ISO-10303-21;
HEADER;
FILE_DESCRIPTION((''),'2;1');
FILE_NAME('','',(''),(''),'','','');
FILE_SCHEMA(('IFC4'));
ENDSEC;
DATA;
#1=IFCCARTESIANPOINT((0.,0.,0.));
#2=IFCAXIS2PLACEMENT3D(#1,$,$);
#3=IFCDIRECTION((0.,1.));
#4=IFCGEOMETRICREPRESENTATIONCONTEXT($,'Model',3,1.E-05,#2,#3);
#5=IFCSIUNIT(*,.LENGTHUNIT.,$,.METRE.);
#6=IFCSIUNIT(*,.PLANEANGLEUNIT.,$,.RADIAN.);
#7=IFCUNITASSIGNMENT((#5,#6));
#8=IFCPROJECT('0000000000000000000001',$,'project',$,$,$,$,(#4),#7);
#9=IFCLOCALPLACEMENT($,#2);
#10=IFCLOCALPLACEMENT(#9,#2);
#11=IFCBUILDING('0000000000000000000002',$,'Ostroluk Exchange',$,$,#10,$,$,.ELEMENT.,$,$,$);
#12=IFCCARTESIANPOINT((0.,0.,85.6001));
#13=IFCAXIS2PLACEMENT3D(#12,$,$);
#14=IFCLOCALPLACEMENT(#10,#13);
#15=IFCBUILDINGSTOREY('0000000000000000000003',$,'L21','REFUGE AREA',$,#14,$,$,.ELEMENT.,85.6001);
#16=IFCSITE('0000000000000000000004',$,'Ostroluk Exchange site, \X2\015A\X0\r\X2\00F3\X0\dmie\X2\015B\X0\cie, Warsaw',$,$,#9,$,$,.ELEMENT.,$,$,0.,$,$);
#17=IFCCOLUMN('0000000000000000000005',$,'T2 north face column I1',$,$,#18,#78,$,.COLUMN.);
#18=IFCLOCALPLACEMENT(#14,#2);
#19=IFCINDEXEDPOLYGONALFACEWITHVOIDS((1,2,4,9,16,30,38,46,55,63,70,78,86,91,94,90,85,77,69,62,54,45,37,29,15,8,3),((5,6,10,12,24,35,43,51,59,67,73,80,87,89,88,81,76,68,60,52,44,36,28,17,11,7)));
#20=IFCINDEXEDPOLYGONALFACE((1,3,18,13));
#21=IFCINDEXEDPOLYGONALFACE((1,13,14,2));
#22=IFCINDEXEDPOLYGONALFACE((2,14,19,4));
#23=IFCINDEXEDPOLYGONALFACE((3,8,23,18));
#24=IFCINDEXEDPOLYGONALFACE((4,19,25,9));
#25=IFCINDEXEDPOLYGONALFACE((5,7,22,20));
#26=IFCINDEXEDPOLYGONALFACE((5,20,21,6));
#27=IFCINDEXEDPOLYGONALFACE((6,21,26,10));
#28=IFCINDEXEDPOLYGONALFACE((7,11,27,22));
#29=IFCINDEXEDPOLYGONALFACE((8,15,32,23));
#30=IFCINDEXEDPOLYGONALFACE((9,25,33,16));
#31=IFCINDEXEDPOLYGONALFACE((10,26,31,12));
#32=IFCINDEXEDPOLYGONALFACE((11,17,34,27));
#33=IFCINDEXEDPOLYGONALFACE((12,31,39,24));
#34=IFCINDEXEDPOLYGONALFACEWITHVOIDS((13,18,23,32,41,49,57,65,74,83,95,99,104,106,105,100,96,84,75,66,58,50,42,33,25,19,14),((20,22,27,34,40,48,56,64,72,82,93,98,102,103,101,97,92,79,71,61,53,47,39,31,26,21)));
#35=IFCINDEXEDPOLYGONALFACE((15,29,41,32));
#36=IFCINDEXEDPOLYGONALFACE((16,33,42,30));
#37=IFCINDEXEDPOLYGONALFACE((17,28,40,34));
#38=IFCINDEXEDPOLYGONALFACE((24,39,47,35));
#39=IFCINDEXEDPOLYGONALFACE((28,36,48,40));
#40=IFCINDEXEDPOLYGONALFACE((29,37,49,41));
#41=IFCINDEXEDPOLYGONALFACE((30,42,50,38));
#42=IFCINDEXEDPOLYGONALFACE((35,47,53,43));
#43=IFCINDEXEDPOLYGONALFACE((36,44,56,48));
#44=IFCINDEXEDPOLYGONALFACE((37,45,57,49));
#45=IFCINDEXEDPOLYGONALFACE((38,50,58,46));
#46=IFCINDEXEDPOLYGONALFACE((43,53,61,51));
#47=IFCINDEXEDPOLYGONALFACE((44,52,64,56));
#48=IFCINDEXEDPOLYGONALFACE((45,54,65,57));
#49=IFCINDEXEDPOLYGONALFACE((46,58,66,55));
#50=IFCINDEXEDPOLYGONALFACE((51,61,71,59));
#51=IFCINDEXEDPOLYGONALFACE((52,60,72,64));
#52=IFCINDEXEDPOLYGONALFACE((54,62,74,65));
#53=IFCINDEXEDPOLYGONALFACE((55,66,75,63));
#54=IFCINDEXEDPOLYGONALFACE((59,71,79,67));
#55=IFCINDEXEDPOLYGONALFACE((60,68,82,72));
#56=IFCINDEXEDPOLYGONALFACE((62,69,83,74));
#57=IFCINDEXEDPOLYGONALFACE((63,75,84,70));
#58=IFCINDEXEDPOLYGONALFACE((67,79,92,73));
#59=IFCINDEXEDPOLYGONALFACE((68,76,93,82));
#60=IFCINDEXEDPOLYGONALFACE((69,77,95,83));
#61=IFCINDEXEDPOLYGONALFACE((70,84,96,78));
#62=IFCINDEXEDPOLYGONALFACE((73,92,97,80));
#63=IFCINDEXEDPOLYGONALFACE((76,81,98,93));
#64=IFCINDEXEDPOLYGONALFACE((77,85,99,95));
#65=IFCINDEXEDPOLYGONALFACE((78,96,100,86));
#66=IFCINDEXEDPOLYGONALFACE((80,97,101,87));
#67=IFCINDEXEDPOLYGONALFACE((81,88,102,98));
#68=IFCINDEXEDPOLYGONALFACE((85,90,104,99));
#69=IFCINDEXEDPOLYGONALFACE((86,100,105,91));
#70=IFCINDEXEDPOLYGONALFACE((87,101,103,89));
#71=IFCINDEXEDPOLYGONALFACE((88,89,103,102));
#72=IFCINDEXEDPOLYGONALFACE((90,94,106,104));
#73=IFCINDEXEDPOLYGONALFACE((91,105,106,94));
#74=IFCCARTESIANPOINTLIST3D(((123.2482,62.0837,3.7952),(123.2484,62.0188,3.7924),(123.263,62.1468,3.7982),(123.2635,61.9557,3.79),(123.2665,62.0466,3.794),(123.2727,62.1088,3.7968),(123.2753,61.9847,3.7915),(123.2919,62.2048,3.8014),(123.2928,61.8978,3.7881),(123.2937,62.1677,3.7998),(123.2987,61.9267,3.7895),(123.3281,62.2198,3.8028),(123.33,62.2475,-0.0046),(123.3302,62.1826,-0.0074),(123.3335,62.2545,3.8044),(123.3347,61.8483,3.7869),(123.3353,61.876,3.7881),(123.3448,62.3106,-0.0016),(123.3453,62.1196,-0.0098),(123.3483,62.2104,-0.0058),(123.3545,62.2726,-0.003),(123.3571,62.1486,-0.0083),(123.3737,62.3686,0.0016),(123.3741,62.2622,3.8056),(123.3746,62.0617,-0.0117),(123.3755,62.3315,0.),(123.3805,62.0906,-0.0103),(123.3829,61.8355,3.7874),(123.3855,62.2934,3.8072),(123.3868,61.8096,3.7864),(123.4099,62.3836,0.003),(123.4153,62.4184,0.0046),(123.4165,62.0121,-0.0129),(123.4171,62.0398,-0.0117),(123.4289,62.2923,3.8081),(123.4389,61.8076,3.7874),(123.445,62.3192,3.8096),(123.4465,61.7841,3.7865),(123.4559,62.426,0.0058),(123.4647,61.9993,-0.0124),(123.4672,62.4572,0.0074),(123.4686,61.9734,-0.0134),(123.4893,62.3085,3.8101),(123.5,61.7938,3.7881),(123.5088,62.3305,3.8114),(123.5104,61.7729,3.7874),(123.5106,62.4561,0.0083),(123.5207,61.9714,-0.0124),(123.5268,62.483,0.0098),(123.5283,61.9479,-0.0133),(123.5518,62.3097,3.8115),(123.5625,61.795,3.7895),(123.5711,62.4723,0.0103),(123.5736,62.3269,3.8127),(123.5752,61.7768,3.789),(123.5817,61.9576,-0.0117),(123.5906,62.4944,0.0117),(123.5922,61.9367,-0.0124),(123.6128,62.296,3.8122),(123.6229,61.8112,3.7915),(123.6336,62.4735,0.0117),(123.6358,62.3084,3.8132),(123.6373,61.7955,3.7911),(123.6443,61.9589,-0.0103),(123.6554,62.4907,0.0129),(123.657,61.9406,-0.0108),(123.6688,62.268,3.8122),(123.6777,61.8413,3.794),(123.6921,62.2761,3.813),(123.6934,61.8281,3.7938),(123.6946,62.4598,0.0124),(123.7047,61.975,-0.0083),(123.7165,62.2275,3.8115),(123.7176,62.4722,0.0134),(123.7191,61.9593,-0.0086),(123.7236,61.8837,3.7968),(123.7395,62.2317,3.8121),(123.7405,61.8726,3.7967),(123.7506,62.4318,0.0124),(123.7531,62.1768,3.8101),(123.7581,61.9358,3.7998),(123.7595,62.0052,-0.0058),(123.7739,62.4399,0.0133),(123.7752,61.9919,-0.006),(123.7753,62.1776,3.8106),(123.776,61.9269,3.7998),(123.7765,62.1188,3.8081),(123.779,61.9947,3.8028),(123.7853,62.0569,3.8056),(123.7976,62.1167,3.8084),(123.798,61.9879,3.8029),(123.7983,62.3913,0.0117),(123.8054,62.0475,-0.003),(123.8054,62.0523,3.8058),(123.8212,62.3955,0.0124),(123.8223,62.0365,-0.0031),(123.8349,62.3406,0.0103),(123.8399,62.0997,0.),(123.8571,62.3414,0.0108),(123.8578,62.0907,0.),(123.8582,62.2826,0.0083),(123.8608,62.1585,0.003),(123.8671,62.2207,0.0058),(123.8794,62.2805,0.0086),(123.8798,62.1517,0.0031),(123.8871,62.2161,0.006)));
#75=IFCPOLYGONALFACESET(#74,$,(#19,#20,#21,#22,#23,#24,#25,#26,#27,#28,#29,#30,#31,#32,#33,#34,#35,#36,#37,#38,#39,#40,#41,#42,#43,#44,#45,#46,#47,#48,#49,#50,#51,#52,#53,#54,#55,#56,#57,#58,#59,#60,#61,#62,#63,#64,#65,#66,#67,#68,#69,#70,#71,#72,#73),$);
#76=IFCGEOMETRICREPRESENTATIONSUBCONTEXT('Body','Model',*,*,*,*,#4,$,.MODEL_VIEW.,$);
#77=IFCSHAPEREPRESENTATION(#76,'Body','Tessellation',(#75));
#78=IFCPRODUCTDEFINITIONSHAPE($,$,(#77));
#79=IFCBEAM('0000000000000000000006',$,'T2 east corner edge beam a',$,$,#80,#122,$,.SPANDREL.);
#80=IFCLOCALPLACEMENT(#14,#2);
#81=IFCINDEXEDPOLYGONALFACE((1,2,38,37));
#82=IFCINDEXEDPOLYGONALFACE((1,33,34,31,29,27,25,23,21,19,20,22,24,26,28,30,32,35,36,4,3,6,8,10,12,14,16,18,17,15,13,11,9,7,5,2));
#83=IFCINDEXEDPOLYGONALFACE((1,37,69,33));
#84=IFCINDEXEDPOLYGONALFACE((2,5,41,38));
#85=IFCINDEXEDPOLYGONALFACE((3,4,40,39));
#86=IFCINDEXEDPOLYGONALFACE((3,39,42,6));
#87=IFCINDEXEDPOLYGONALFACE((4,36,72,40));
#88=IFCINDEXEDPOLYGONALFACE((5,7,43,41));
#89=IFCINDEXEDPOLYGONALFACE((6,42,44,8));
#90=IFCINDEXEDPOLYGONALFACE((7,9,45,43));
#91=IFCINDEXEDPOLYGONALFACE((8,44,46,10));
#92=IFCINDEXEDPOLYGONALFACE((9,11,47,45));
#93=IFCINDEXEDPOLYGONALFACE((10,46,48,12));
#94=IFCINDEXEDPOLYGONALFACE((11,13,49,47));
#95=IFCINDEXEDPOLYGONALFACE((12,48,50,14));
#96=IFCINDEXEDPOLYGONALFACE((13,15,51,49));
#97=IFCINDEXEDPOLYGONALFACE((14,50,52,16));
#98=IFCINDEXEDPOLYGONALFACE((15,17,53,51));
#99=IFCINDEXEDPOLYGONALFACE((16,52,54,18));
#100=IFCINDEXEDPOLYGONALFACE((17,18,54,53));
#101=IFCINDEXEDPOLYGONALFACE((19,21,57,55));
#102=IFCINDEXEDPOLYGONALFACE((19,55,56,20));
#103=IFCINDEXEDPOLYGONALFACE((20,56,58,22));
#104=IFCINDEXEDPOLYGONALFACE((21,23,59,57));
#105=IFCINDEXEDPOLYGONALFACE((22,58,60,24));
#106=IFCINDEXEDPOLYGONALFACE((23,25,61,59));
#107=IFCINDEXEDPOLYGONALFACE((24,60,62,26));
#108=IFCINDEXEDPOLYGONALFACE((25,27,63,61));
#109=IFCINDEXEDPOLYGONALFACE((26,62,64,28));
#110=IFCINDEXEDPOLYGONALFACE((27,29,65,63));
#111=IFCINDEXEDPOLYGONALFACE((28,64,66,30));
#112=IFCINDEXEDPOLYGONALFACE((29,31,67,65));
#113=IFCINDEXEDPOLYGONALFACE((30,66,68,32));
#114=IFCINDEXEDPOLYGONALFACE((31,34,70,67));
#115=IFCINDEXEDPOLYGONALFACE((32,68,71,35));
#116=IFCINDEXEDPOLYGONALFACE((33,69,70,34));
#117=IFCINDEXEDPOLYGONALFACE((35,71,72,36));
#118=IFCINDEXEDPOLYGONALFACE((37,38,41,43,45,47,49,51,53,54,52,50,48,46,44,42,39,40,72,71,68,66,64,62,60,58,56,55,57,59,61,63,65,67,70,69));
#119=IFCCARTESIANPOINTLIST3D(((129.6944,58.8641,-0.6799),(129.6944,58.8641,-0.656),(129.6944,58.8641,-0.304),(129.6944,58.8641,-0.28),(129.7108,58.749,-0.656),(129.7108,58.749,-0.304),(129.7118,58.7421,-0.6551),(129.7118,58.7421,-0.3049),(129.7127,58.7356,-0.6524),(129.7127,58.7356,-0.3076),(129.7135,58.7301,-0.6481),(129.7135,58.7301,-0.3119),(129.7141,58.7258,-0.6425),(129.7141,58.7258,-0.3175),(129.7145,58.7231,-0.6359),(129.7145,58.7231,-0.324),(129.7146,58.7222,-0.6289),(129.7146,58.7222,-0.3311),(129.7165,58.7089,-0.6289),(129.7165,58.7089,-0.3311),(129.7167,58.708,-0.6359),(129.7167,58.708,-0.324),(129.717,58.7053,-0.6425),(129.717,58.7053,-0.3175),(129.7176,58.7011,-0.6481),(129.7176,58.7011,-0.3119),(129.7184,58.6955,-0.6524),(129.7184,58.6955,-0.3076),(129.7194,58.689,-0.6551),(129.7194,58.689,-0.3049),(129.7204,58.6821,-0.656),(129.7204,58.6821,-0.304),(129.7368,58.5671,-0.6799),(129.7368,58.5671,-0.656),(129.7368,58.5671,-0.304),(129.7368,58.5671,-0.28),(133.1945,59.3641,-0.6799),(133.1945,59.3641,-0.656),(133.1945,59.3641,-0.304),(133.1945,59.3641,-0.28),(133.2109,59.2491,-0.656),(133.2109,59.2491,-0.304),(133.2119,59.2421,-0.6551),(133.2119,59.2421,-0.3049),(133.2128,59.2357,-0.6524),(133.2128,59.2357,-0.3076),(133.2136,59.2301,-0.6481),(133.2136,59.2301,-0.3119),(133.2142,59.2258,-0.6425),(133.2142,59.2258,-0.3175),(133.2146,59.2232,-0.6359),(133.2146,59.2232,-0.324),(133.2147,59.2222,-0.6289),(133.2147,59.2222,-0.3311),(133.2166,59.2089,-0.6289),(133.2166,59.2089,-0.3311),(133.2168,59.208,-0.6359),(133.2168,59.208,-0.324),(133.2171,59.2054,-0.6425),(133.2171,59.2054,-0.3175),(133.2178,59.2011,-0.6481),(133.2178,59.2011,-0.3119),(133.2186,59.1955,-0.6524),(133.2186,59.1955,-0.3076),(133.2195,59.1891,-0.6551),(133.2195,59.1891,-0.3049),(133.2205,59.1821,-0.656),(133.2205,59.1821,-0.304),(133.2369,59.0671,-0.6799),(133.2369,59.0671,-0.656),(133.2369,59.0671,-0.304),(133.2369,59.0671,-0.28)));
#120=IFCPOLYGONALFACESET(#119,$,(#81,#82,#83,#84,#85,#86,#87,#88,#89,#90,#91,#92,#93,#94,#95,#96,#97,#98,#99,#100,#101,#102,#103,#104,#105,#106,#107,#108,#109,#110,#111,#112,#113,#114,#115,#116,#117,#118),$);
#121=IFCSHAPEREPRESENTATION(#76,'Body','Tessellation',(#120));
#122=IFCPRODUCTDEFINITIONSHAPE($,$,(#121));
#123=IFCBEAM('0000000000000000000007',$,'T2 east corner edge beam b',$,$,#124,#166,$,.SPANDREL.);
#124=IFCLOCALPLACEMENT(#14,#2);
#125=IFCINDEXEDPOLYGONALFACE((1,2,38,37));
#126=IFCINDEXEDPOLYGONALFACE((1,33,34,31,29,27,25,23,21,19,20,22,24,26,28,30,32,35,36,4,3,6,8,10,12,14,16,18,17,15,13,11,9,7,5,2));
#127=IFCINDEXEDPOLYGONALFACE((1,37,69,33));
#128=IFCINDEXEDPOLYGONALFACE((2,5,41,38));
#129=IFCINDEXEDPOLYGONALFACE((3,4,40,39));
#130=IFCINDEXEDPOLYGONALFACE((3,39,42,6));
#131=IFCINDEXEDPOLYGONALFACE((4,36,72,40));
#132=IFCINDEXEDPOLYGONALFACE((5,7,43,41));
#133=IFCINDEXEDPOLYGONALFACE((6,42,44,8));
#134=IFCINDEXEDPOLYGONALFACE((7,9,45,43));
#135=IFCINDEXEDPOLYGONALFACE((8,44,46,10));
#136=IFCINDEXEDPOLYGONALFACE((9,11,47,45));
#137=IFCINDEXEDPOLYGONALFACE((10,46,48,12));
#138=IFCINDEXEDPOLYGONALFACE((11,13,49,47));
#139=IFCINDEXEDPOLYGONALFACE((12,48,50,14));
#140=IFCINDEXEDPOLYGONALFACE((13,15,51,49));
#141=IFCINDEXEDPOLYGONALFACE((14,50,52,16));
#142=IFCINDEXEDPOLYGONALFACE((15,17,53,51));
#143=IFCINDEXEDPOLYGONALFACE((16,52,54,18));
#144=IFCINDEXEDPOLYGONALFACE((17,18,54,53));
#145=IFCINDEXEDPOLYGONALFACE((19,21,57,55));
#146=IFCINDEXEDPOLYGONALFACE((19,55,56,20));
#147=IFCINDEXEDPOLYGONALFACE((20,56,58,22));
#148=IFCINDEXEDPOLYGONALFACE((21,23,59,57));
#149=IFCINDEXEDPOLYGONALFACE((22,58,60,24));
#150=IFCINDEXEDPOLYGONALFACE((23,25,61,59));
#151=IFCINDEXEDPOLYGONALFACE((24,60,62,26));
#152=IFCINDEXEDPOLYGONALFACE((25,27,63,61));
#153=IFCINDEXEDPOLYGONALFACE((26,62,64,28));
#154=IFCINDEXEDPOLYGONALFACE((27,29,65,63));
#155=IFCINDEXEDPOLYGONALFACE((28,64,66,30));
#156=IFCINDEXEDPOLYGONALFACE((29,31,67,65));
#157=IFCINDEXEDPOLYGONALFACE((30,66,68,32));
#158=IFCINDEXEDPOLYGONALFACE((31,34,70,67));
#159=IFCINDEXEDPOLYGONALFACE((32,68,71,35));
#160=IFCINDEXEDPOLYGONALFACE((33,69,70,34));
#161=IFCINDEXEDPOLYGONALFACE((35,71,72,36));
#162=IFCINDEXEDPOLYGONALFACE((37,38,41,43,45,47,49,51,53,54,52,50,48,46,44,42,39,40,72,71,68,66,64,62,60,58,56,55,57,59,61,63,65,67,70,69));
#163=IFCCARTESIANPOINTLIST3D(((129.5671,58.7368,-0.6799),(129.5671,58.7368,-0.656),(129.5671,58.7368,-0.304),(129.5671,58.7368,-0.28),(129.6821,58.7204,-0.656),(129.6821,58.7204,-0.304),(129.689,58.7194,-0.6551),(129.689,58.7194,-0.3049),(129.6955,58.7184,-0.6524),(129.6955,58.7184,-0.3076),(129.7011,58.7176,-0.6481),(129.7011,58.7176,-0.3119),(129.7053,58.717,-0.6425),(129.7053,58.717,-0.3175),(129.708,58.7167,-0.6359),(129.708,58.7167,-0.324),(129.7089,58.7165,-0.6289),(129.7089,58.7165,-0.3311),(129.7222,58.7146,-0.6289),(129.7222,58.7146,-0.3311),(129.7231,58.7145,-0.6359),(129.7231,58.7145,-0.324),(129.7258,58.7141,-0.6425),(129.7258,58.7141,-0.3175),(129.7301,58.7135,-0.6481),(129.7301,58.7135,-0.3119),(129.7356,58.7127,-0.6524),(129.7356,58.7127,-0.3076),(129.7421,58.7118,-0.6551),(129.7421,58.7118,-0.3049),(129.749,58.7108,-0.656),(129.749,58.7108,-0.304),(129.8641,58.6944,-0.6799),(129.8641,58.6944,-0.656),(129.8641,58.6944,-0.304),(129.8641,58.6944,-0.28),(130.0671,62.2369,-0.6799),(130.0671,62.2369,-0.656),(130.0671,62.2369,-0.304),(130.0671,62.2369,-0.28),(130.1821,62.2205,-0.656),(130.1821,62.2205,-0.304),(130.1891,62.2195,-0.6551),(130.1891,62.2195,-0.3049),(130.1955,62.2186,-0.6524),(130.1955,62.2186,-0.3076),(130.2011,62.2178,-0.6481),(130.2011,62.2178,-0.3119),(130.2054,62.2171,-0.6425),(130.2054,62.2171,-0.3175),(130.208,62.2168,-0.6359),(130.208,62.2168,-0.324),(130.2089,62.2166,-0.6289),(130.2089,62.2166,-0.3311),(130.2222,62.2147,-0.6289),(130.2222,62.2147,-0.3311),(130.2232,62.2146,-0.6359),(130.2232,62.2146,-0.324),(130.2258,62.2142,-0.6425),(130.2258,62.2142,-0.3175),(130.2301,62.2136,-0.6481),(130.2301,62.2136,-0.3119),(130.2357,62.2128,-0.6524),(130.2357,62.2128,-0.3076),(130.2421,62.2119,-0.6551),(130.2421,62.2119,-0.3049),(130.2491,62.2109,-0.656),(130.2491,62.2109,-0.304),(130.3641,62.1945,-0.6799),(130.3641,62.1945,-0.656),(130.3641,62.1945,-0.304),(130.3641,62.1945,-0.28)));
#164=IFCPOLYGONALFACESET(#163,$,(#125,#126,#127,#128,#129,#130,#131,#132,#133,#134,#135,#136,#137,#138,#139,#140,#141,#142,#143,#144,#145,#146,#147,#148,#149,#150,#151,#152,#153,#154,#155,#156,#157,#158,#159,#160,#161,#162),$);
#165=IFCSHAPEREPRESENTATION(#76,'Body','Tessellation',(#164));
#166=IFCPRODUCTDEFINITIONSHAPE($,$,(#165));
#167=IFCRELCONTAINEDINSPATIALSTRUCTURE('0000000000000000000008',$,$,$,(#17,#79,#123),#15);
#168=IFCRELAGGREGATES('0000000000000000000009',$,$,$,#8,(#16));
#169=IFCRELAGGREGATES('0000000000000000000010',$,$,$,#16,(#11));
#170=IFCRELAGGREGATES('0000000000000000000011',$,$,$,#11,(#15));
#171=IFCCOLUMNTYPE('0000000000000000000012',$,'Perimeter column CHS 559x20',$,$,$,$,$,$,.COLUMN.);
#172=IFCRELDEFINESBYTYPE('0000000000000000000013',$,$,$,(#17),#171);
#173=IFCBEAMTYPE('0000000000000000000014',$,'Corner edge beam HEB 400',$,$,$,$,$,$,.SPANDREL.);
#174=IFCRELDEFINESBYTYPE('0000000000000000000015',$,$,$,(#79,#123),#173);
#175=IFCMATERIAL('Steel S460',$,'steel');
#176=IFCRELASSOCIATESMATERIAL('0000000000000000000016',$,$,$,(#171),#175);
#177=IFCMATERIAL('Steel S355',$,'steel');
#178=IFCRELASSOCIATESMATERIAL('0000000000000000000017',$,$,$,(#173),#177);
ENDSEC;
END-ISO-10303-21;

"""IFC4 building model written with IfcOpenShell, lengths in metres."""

from ifc_helpers import new_model, si_unit, direction, frame, origin, origin_2d, place, context, subcontext, project, spatial, hollow_circle, i_section, extrude, material, material_profile, profile_set, type_object, element, save


model = new_model("IFC4")

# Units and contexts
model_context = context("Model", 3, precision=1e-05, world=origin(), true_north=direction((0.0, 1.0)))
body_context = subcontext(model_context, "Body", "Model", "MODEL_VIEW")
ifc_project = project(units=[si_unit("LENGTHUNIT", "METRE"), si_unit("PLANEANGLEUNIT", "RADIAN")], contexts=[model_context])

# Site, building, storey
site_placement = place(None, origin())
site = spatial("IfcSite", under=ifc_project, at=site_placement, Name="Ostroluk Exchange site, Śródmieście, Warsaw", CompositionType="ELEMENT", RefElevation=0.0)
building_placement = place(site_placement, origin())
building = spatial("IfcBuilding", under=site, at=building_placement, Name="Ostroluk Exchange", CompositionType="ELEMENT")
storey_placement = place(building_placement, frame((0.0, 0.0, 85.6001)))
storey = spatial("IfcBuildingStorey", under=building, at=storey_placement, Name="L21", Description="REFUGE AREA", CompositionType="ELEMENT", Elevation=85.6001)

# Column
ifc_material_1 = material(Name="Steel S460", Category="steel")
ifc_material_profile_1 = material_profile(ifc_material_1, hollow_circle(Radius=0.2795, WallThickness=0.02, at=origin_2d()), Name="CHS 559x20")
ifc_profile_set_1 = profile_set([ifc_material_profile_1], Name="Steel S460")
column_type_1 = type_object("IfcColumnType", Name="Perimeter column CHS 559x20", PredefinedType="COLUMN", material=ifc_profile_set_1)
column_1_placement = place(storey_placement, frame((123.6077, 62.2156, 0.0), z_axis=(-0.021499, -0.043062, 0.998841), x_axis=(0.894694, -0.44668, 0.0)))
element("IfcColumn", 1, at=column_1_placement, inside=storey, type_object=column_type_1, Name="T2 north face column I1", PredefinedType="COLUMN", context=body_context, shape_type="SweptSolid", body=[
    extrude(hollow_circle(Radius=0.2795, WallThickness=0.02, at=origin_2d()), origin(), (0.0, 0.0, 1.0), 3.8042),
])

# Beams
ifc_material_2 = material(Name="Steel S355", Category="steel")
ifc_material_profile_2 = material_profile(ifc_material_2, i_section(OverallWidth=0.3, OverallDepth=0.3999, WebThickness=0.0134, FlangeThickness=0.0239, FilletRadius=0.0271, at=origin_2d()), Name="HEB 400")
ifc_profile_set_2 = profile_set([ifc_material_profile_2], Name="Steel S355")
beam_type_1 = type_object("IfcBeamType", Name="Corner edge beam HEB 400", PredefinedType="SPANDREL", material=ifc_profile_set_2)
for number, where, z_axis, x_axis, name in (
    (2, (129.7156, 58.7156, -0.48), (0.989949, 0.141421, 0.0), (-0.141421, 0.989949, 0.0), "T2 east corner edge beam a"),
    (3, (129.7156, 58.7156, -0.48), (0.141421, 0.989949, 0.0), (-0.989949, 0.141421, 0.0), "T2 east corner edge beam b"),
):
    element("IfcBeam", number, at=place(storey_placement, frame(where, z_axis=z_axis, x_axis=x_axis)), inside=storey, type_object=beam_type_1, Name=name, PredefinedType="SPANDREL", context=body_context, shape_type="SweptSolid", body=[
        extrude(i_section(OverallWidth=0.3, OverallDepth=0.3999, WebThickness=0.0134, FlangeThickness=0.0239, FilletRadius=0.0271, at=origin_2d()), origin(), (0.0, 0.0, 1.0), 3.5356),
    ])

save(model, "model.ifc")
